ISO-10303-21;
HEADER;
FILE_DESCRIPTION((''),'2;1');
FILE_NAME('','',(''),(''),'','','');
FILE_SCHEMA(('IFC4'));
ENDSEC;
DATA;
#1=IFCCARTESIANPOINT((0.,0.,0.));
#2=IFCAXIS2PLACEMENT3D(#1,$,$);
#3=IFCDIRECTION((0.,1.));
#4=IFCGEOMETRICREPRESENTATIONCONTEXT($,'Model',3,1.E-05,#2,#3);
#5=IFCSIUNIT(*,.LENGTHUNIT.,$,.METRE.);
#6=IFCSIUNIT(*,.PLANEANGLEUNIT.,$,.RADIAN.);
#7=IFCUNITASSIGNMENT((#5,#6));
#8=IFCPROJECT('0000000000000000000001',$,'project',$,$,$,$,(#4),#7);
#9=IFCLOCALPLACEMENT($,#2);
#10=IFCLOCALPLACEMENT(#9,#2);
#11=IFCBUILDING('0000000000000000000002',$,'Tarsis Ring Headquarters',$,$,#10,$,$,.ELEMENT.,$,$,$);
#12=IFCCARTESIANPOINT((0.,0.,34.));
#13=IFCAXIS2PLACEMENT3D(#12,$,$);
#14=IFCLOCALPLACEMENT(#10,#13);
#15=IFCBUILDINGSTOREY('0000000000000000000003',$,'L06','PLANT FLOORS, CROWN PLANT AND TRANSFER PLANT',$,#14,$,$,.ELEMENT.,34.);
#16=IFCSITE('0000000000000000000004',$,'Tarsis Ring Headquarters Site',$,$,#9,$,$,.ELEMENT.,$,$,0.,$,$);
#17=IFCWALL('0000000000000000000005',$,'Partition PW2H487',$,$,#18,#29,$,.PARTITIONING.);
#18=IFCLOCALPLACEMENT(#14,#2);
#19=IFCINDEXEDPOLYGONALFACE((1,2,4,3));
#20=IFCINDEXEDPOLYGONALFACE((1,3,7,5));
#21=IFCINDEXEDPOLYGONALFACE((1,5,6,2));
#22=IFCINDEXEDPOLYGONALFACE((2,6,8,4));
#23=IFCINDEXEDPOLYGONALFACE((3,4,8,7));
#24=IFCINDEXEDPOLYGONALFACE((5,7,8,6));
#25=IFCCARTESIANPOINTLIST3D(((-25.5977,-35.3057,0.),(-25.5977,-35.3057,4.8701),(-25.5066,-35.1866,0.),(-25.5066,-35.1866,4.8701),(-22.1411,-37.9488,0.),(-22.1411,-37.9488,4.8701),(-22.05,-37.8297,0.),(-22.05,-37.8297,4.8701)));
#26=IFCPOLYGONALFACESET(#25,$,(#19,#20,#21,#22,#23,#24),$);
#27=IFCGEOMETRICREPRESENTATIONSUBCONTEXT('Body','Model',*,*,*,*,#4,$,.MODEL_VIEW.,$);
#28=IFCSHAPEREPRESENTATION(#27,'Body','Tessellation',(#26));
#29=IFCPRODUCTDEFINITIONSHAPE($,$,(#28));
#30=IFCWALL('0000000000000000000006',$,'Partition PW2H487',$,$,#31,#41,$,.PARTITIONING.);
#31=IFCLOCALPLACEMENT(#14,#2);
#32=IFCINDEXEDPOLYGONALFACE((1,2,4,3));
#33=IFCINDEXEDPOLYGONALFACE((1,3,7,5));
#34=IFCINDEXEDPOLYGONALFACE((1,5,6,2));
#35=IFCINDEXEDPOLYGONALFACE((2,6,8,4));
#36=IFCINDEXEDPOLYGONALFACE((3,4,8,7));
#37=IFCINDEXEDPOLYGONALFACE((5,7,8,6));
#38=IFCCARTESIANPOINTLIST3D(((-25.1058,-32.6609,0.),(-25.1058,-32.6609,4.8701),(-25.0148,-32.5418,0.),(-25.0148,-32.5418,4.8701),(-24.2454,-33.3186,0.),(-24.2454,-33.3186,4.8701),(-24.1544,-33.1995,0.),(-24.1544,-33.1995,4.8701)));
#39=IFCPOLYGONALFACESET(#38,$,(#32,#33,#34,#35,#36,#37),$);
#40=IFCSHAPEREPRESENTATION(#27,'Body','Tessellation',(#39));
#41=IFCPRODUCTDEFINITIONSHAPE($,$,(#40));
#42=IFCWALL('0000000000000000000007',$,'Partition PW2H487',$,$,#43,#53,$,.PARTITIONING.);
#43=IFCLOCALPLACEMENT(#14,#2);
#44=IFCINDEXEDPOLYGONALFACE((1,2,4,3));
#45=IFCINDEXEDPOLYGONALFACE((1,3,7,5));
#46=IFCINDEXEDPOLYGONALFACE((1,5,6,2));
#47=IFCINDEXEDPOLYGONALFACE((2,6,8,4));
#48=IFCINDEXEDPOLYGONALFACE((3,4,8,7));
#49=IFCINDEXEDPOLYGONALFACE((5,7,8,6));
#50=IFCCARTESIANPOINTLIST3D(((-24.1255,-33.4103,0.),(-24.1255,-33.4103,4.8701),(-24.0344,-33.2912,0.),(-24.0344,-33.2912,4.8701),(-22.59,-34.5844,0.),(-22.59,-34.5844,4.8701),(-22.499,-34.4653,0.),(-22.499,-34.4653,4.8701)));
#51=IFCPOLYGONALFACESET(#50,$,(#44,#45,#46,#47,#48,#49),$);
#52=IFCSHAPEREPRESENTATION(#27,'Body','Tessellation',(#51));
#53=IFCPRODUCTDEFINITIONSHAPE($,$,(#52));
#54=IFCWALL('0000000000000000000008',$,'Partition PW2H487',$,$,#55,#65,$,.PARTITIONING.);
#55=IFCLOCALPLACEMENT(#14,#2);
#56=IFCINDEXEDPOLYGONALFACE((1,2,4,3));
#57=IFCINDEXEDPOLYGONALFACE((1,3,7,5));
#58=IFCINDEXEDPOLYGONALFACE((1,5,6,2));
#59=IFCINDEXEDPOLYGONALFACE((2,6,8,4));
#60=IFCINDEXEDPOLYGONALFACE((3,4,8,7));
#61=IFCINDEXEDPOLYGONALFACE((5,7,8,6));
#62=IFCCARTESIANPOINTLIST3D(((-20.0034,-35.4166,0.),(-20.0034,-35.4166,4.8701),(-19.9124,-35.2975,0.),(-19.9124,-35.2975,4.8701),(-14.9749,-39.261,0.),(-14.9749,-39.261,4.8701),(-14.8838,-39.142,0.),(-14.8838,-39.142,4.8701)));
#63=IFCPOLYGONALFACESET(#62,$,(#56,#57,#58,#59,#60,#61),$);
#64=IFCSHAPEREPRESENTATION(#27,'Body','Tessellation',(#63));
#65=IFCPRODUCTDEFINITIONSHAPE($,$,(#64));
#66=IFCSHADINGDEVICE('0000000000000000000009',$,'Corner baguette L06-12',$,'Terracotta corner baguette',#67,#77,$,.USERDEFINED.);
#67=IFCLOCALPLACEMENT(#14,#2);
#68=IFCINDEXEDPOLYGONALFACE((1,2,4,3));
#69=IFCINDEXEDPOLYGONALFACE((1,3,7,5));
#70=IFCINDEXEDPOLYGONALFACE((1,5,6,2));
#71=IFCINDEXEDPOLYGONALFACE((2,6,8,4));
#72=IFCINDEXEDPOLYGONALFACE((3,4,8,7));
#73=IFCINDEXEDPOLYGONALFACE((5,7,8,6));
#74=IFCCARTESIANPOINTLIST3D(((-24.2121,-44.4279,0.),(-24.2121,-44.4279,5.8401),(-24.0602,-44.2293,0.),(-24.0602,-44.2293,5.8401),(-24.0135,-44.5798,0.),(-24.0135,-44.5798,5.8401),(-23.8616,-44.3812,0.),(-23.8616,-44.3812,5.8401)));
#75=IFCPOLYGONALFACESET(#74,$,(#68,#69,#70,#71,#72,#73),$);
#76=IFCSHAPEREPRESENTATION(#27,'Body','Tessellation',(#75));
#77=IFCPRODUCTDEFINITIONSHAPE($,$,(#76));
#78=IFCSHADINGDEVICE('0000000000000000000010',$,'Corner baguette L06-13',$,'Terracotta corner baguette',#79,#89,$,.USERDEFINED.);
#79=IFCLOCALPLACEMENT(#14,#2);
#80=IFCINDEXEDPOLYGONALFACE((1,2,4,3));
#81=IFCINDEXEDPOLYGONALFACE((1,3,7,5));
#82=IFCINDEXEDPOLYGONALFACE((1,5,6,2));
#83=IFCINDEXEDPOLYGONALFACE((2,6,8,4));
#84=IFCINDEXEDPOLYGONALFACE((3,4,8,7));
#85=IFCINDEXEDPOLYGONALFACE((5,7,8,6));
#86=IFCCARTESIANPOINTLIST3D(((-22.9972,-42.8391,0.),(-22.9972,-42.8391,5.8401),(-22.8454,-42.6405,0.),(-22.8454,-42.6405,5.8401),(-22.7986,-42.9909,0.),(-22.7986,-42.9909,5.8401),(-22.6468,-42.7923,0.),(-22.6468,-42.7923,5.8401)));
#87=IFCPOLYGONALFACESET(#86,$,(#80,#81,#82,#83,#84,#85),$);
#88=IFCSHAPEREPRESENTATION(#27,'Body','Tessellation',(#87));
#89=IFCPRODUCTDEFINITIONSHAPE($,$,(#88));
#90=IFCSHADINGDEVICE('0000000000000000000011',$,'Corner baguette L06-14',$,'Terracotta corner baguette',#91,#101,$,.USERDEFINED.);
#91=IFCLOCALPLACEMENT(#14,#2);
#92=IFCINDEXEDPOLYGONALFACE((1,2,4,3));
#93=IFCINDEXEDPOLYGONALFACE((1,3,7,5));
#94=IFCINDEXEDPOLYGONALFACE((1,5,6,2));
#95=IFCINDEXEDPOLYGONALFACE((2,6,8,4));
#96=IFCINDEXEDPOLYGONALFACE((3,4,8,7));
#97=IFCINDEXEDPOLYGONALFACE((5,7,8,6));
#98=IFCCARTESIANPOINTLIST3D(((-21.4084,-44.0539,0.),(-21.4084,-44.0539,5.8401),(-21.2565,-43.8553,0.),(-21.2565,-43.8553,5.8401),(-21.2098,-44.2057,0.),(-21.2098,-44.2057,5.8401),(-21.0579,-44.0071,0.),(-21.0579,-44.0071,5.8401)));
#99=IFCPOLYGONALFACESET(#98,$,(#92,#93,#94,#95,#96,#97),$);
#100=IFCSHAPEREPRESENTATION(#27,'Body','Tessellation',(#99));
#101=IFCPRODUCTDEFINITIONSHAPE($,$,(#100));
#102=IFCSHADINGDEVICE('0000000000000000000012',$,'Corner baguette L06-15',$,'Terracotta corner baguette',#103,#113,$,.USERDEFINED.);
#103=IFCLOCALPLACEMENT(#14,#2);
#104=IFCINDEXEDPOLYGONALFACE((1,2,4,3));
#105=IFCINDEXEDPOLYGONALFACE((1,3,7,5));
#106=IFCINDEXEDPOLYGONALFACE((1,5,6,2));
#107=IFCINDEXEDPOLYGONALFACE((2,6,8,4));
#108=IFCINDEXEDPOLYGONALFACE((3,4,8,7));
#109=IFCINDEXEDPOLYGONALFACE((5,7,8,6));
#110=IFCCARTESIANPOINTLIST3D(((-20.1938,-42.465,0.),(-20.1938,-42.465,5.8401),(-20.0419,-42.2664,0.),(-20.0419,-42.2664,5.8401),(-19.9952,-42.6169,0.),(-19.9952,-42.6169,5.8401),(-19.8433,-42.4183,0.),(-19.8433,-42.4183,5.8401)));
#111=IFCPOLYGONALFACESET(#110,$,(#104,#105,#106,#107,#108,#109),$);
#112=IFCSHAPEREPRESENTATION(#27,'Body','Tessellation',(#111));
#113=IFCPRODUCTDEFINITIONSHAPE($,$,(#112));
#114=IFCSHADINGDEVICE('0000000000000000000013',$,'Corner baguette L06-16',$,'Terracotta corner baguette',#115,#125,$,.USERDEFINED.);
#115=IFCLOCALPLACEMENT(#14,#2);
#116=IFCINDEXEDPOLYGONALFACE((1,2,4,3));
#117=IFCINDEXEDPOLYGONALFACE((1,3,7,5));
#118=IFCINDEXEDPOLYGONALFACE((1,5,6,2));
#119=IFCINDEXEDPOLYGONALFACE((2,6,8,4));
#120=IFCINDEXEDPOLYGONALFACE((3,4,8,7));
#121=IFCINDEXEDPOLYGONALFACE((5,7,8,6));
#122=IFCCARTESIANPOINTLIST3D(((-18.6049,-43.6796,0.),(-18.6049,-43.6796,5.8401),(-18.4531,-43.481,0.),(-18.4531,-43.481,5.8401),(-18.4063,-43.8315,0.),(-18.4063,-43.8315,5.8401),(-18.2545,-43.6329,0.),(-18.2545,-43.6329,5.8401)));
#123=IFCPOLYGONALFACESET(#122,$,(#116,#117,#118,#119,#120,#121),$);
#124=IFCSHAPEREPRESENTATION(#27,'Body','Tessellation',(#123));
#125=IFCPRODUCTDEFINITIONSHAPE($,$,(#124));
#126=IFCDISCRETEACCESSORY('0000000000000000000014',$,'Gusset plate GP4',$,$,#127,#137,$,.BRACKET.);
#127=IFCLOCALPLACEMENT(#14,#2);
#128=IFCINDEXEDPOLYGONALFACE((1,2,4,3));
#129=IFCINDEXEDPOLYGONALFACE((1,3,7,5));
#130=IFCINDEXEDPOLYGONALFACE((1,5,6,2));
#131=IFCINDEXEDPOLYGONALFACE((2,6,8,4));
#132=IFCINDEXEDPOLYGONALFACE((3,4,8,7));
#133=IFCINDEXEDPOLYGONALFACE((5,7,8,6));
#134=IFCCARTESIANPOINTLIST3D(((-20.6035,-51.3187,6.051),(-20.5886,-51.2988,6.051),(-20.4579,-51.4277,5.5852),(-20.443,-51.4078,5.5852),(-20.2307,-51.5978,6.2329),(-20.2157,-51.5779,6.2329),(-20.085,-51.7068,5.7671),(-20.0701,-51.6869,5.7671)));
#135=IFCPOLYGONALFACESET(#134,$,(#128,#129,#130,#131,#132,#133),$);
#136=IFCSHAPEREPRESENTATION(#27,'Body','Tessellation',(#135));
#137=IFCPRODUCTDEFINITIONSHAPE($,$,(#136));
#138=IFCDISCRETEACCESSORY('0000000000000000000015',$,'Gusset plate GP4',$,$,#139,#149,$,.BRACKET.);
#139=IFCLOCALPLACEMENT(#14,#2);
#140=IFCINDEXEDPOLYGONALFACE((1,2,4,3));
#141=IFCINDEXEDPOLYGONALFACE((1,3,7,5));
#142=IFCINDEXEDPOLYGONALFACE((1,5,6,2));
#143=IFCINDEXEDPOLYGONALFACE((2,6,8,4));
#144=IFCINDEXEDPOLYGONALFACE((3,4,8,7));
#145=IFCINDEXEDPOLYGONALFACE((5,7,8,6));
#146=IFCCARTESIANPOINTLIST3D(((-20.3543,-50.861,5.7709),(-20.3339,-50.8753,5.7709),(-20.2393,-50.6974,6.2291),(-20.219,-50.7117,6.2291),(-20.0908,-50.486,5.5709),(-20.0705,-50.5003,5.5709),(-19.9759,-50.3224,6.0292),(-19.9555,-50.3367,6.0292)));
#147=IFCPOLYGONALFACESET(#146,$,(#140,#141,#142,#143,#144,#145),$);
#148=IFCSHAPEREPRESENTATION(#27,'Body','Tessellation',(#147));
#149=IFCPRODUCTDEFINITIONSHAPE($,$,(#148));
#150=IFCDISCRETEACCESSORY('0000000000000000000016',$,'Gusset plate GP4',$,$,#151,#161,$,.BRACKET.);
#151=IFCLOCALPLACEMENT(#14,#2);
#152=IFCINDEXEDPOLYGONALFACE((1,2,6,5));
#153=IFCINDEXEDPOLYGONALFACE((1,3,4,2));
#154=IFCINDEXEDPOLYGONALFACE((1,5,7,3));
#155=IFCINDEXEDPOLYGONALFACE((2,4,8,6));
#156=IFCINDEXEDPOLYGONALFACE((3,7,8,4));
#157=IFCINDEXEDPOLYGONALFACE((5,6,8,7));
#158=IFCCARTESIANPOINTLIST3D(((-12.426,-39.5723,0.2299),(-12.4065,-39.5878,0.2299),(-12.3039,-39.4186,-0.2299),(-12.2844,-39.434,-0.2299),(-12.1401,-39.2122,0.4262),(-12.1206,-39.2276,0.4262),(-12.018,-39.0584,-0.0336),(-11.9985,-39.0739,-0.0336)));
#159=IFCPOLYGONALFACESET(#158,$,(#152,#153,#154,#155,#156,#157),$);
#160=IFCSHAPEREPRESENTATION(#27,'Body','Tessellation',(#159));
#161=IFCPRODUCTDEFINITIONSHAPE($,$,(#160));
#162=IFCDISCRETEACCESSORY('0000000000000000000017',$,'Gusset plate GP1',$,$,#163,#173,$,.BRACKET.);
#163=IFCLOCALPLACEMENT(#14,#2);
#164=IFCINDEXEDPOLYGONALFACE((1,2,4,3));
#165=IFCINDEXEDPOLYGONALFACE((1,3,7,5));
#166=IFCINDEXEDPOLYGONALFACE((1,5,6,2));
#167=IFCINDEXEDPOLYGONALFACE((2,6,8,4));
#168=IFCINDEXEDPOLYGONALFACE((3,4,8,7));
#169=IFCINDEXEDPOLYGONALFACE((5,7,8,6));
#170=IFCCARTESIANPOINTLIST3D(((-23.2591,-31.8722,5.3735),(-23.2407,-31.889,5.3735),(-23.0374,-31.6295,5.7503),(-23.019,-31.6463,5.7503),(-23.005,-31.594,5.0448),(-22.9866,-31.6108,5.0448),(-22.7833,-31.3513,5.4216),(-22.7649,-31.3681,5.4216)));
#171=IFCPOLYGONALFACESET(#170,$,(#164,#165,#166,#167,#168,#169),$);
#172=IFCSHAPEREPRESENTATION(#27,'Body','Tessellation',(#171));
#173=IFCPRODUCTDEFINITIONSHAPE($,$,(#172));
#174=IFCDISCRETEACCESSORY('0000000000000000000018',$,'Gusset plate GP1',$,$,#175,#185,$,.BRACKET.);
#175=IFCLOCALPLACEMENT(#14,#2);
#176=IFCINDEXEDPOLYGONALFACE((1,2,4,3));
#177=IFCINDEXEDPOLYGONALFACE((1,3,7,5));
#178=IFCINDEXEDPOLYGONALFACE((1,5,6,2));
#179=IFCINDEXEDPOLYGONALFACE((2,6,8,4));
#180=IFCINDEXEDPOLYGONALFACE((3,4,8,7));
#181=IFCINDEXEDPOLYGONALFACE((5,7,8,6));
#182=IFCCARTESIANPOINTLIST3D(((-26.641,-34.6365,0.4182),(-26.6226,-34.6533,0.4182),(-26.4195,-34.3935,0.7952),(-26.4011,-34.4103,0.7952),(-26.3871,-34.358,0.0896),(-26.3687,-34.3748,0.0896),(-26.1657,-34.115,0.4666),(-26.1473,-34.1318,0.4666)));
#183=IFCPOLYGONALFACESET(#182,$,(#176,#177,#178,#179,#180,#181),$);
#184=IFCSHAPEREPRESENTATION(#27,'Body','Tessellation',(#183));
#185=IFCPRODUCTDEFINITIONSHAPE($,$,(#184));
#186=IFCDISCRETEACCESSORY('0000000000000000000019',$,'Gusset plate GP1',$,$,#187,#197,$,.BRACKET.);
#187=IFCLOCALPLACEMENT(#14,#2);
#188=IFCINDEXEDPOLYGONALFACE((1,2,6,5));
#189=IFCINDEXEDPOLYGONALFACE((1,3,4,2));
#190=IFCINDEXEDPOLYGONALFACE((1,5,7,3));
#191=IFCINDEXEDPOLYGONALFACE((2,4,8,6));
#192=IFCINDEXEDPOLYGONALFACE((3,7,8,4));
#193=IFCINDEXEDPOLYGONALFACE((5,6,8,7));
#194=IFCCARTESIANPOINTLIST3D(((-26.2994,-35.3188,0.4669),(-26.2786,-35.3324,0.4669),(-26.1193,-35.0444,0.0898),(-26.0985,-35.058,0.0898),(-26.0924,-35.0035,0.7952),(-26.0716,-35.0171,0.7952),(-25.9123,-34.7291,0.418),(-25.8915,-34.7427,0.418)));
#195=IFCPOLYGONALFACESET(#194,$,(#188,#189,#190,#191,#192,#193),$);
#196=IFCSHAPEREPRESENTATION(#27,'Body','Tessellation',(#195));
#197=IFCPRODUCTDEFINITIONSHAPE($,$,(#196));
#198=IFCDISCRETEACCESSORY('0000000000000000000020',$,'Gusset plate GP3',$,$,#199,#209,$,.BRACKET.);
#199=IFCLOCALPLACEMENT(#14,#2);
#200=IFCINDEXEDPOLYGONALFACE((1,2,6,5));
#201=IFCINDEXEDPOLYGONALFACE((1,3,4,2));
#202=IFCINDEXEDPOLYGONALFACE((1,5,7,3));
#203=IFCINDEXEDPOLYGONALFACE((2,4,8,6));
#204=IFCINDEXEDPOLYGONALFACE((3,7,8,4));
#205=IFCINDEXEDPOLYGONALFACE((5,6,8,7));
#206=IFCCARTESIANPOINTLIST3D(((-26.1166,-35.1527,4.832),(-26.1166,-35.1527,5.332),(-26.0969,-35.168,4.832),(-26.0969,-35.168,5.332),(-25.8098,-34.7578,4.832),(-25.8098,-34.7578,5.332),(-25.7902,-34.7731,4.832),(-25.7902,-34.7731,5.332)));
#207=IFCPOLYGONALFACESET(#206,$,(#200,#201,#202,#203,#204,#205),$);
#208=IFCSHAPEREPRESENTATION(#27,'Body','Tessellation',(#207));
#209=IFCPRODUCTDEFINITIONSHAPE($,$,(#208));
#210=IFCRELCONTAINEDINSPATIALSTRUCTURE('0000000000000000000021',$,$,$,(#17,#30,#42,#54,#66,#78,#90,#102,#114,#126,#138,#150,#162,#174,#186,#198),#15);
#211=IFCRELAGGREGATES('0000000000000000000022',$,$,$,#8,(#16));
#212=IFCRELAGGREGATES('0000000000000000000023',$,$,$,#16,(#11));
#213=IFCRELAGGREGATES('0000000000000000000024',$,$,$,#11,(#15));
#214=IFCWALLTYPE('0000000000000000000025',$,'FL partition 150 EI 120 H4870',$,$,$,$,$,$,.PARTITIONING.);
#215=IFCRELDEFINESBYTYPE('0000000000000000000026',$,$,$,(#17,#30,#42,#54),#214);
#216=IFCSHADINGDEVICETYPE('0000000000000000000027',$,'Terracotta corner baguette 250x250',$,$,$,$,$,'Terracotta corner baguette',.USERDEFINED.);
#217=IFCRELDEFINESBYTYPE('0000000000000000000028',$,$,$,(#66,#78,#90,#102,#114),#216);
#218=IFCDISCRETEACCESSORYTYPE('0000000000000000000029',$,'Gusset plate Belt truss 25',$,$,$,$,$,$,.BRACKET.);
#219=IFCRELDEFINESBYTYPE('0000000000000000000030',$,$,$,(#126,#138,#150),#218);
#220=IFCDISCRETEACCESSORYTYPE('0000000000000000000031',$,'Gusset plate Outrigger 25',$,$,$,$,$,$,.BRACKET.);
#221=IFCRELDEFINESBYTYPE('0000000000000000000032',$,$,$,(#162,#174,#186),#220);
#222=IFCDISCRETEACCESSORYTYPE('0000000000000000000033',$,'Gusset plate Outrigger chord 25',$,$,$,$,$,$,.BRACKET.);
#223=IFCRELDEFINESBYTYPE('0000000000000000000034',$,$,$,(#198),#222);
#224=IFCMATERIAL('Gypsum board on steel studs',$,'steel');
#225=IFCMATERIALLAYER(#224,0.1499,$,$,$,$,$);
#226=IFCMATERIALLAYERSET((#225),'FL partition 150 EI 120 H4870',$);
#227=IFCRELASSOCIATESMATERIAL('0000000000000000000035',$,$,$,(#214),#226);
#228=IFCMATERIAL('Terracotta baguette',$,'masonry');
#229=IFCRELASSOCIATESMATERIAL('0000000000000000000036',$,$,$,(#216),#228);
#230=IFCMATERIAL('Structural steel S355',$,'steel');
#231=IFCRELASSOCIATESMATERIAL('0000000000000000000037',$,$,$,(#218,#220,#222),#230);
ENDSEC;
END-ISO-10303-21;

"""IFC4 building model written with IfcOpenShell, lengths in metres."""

from ifc_helpers import new_model, si_unit, direction, frame, frame_2d, origin, origin_2d, place, context, subcontext, project, spatial, rectangle, extrude, material, layer, layer_set, material_profile, profile_set, type_object, element, save


model = new_model("IFC4")

# Units and contexts
model_context = context("Model", 3, precision=1e-05, world=origin(), true_north=direction((0.0, 1.0)))
body_context = subcontext(model_context, "Body", "Model", "MODEL_VIEW")
ifc_project = project(units=[si_unit("LENGTHUNIT", "METRE"), si_unit("PLANEANGLEUNIT", "RADIAN")], contexts=[model_context])

# Site, building, storey
site_placement = place(None, origin())
site = spatial("IfcSite", under=ifc_project, at=site_placement, Name="Tarsis Ring Headquarters Site", CompositionType="ELEMENT", RefElevation=0.0)
building_placement = place(site_placement, origin())
building = spatial("IfcBuilding", under=site, at=building_placement, Name="Tarsis Ring Headquarters", CompositionType="ELEMENT")
storey_placement = place(building_placement, frame((0.0, 0.0, 34.0)))
storey = spatial("IfcBuildingStorey", under=building, at=storey_placement, Name="L06", Description="PLANT FLOORS, CROWN PLANT AND TRANSFER PLANT", CompositionType="ELEMENT", Elevation=34.0)

# Shared definitions
ifc_material_1 = material(Name="Structural steel S355", Category="steel")

# Shared definitions
ifc_material_2 = material(Name="Gypsum board on steel studs", Category="steel")
ifc_layer = layer(ifc_material_2, 0.1499)
ifc_layer_set = layer_set([ifc_layer], Name="FL partition 150 EI 120 H4870")
wall_type = type_object("IfcWallType", Name="FL partition 150 EI 120 H4870", PredefinedType="PARTITIONING", material=ifc_layer_set)

# Walls
wall_1_placement = place(storey_placement, frame((-25.5522, -35.2461, 0.0), z_axis=(0.0, 0.0, 1.0), x_axis=(0.794377, -0.607425, 0.0)))
element("IfcWall", 1, at=wall_1_placement, inside=storey, type_object=wall_type, Name="Partition PW2H487", PredefinedType="PARTITIONING", context=body_context, shape_type="SweptSolid", body=[
    extrude(rectangle(XDim=4.3513, YDim=0.1499, at=frame_2d((2.1758, 0.0))), origin(), (0.0, 0.0, 1.0), 4.8701),
])
wall_2_placement = place(storey_placement, frame((-25.0603, -32.6013, 0.0), z_axis=(0.0, 0.0, 1.0), x_axis=(0.794447, -0.607333, 0.0)))
element("IfcWall", 2, at=wall_2_placement, inside=storey, type_object=wall_type, Name="Partition PW2H487", PredefinedType="PARTITIONING", context=body_context, shape_type="SweptSolid", body=[
    extrude(rectangle(XDim=1.083, YDim=0.1499, at=frame_2d((0.5415, 0.0))), origin(), (0.0, 0.0, 1.0), 4.8701),
])
wall_3_placement = place(storey_placement, frame((-24.0798, -33.3508, 0.0), z_axis=(0.0, 0.0, 1.0), x_axis=(0.794372, -0.607431, 0.0)))
element("IfcWall", 3, at=wall_3_placement, inside=storey, type_object=wall_type, Name="Partition PW2H487", PredefinedType="PARTITIONING", context=body_context, shape_type="SweptSolid", body=[
    extrude(rectangle(XDim=1.9329, YDim=0.1499, at=frame_2d((0.9663, 0.0))), origin(), (0.0, 0.0, 1.0), 4.8701),
])
wall_4_placement = place(storey_placement, frame((-19.958, -35.3569, 0.0), z_axis=(0.0, 0.0, 1.0), x_axis=(0.794426, -0.607361, 0.0)))
element("IfcWall", 4, at=wall_4_placement, inside=storey, type_object=wall_type, Name="Partition PW2H487", PredefinedType="PARTITIONING", context=body_context, shape_type="SweptSolid", body=[
    extrude(rectangle(XDim=6.3298, YDim=0.1499, at=frame_2d((3.165, 0.0))), origin(), (0.0, 0.0, 1.0), 4.8701),
])

# Shading devices
ifc_material_3 = material(Name="Terracotta baguette", Category="masonry")
shading_device_type_1 = type_object("IfcShadingDeviceType", Name="Terracotta corner baguette 250x250", ElementType="Terracotta corner baguette", PredefinedType="USERDEFINED", material=ifc_material_3)
for number, where, z_axis, x_axis, name in (
    (5, (-24.0369, -44.4045, 0.0), (0.0, 0.0, 1.0), (0.794415, -0.607376, 0.0), "Corner baguette L06-12"),
    (6, (-22.822, -42.8157, 0.0), (0.0, 0.0, 1.0), (0.607376, 0.794415, 0.0), "Corner baguette L06-13"),
    (7, (-21.2332, -44.0305, 0.0), (0.0, 0.0, 1.0), (0.794415, -0.607375, 0.0), "Corner baguette L06-14"),
    (8, (-20.0186, -42.4417, 0.0), (0.0, 0.0, 1.0), (0.607376, 0.794415, 0.0), "Corner baguette L06-15"),
    (9, (-18.4297, -43.6562, 0.0), (0.0, 0.0, 1.0), (0.794415, -0.607376, 0.0), "Corner baguette L06-16"),
):
    element("IfcShadingDevice", number, at=place(storey_placement, frame(where, z_axis=z_axis, x_axis=x_axis)), inside=storey, type_object=shading_device_type_1, Name=name, ObjectType="Terracotta corner baguette", PredefinedType="USERDEFINED", context=body_context, shape_type="SweptSolid", body=[
        extrude(rectangle(XDim=0.25, YDim=0.25, at=origin_2d()), origin(), (0.0, 0.0, 1.0), 5.8401),
    ])

# Discrete accessories
ifc_material_profile_1 = material_profile(ifc_material_1, rectangle(XDim=0.0249, YDim=0.5, at=origin_2d()), Name="PL 25x500")
ifc_profile_set_1 = profile_set([ifc_material_profile_1], Name="Structural steel S355")
discrete_accessory_type_1 = type_object("IfcDiscreteAccessoryType", Name="Gusset plate Belt truss 25", PredefinedType="BRACKET", material=ifc_profile_set_1)
for number, where, z_axis, x_axis, name in (
    (10, (-20.1504, -51.6423, 6.0), (-0.745703, 0.558179, -0.363817), (-0.599245, -0.800566, 0.0), "Gusset plate GP4"),
    (11, (-20.2866, -50.7864, 6.0), (0.526856, 0.750001, -0.399903), (-0.81828, 0.57482, 0.0), "Gusset plate GP4"),
    (12, (-12.3552, -39.5032, 0.0), (0.571847, 0.720303, 0.392626), (-0.783195, 0.621777, 0.0), "Gusset plate GP4"),
):
    element("IfcDiscreteAccessory", number, at=place(storey_placement, frame(where, z_axis=z_axis, x_axis=x_axis)), inside=storey, type_object=discrete_accessory_type_1, Name=name, PredefinedType="BRACKET", context=body_context, shape_type="SweptSolid", body=[
        extrude(rectangle(XDim=0.0249, YDim=0.5, at=origin_2d()), origin(), (0.0, 0.0, 1.0), 0.5),
    ])
discrete_accessory_type_2 = type_object("IfcDiscreteAccessoryType", Name="Gusset plate Outrigger 25", PredefinedType="BRACKET", material=ifc_profile_set_1)
discrete_accessory_1_placement = place(storey_placement, frame((-22.9011, -31.4988, 5.5859), z_axis=(-0.44341, -0.485407, -0.753504), x_axis=(0.738325, -0.674445, 0.0)))
element("IfcDiscreteAccessory", 13, at=discrete_accessory_1_placement, inside=storey, type_object=discrete_accessory_type_2, Name="Gusset plate GP1", PredefinedType="BRACKET", context=body_context, shape_type="SweptSolid", body=[
    extrude(rectangle(XDim=0.0249, YDim=0.5, at=origin_2d()), origin(), (0.0, 0.0, 1.0), 0.5),
])
discrete_accessory_2_placement = place(storey_placement, frame((-26.5049, -34.5056, 0.2539), z_axis=(0.442749, 0.485706, 0.753699), x_axis=(-0.739032, 0.67367, 0.0)))
element("IfcDiscreteAccessory", 14, at=discrete_accessory_2_placement, inside=storey, type_object=discrete_accessory_type_2, Name="Gusset plate GP1", PredefinedType="BRACKET", context=body_context, shape_type="SweptSolid", body=[
    extrude(rectangle(XDim=0.0249, YDim=0.5, at=origin_2d()), origin(), (0.0, 0.0, 1.0), 0.5002),
])
discrete_accessory_3_placement = place(storey_placement, frame((-26.0054, -34.8936, 0.2539), z_axis=(-0.36032, -0.54878, 0.754328), x_axis=(0.83592, -0.548851, 0.0)))
element("IfcDiscreteAccessory", 15, at=discrete_accessory_3_placement, inside=storey, type_object=discrete_accessory_type_2, Name="Gusset plate GP1", PredefinedType="BRACKET", context=body_context, shape_type="SweptSolid", body=[
    extrude(rectangle(XDim=0.0249, YDim=0.5, at=origin_2d()), origin(), (0.0, 0.0, 1.0), 0.5),
])
discrete_accessory_type_3 = type_object("IfcDiscreteAccessoryType", Name="Gusset plate Outrigger chord 25", PredefinedType="BRACKET", material=ifc_profile_set_1)
discrete_accessory_4_placement = place(storey_placement, frame((-25.9534, -34.9629, 5.332), z_axis=(0.0, 0.0, -1.0), x_axis=(0.789687, -0.61351, 0.0)))
element("IfcDiscreteAccessory", 16, at=discrete_accessory_4_placement, inside=storey, type_object=discrete_accessory_type_3, Name="Gusset plate GP3", PredefinedType="BRACKET", context=body_context, shape_type="SweptSolid", body=[
    extrude(rectangle(XDim=0.0249, YDim=0.5, at=origin_2d()), origin(), (0.0, 0.0, 1.0), 0.5),
])

save(model, "model.ifc")
